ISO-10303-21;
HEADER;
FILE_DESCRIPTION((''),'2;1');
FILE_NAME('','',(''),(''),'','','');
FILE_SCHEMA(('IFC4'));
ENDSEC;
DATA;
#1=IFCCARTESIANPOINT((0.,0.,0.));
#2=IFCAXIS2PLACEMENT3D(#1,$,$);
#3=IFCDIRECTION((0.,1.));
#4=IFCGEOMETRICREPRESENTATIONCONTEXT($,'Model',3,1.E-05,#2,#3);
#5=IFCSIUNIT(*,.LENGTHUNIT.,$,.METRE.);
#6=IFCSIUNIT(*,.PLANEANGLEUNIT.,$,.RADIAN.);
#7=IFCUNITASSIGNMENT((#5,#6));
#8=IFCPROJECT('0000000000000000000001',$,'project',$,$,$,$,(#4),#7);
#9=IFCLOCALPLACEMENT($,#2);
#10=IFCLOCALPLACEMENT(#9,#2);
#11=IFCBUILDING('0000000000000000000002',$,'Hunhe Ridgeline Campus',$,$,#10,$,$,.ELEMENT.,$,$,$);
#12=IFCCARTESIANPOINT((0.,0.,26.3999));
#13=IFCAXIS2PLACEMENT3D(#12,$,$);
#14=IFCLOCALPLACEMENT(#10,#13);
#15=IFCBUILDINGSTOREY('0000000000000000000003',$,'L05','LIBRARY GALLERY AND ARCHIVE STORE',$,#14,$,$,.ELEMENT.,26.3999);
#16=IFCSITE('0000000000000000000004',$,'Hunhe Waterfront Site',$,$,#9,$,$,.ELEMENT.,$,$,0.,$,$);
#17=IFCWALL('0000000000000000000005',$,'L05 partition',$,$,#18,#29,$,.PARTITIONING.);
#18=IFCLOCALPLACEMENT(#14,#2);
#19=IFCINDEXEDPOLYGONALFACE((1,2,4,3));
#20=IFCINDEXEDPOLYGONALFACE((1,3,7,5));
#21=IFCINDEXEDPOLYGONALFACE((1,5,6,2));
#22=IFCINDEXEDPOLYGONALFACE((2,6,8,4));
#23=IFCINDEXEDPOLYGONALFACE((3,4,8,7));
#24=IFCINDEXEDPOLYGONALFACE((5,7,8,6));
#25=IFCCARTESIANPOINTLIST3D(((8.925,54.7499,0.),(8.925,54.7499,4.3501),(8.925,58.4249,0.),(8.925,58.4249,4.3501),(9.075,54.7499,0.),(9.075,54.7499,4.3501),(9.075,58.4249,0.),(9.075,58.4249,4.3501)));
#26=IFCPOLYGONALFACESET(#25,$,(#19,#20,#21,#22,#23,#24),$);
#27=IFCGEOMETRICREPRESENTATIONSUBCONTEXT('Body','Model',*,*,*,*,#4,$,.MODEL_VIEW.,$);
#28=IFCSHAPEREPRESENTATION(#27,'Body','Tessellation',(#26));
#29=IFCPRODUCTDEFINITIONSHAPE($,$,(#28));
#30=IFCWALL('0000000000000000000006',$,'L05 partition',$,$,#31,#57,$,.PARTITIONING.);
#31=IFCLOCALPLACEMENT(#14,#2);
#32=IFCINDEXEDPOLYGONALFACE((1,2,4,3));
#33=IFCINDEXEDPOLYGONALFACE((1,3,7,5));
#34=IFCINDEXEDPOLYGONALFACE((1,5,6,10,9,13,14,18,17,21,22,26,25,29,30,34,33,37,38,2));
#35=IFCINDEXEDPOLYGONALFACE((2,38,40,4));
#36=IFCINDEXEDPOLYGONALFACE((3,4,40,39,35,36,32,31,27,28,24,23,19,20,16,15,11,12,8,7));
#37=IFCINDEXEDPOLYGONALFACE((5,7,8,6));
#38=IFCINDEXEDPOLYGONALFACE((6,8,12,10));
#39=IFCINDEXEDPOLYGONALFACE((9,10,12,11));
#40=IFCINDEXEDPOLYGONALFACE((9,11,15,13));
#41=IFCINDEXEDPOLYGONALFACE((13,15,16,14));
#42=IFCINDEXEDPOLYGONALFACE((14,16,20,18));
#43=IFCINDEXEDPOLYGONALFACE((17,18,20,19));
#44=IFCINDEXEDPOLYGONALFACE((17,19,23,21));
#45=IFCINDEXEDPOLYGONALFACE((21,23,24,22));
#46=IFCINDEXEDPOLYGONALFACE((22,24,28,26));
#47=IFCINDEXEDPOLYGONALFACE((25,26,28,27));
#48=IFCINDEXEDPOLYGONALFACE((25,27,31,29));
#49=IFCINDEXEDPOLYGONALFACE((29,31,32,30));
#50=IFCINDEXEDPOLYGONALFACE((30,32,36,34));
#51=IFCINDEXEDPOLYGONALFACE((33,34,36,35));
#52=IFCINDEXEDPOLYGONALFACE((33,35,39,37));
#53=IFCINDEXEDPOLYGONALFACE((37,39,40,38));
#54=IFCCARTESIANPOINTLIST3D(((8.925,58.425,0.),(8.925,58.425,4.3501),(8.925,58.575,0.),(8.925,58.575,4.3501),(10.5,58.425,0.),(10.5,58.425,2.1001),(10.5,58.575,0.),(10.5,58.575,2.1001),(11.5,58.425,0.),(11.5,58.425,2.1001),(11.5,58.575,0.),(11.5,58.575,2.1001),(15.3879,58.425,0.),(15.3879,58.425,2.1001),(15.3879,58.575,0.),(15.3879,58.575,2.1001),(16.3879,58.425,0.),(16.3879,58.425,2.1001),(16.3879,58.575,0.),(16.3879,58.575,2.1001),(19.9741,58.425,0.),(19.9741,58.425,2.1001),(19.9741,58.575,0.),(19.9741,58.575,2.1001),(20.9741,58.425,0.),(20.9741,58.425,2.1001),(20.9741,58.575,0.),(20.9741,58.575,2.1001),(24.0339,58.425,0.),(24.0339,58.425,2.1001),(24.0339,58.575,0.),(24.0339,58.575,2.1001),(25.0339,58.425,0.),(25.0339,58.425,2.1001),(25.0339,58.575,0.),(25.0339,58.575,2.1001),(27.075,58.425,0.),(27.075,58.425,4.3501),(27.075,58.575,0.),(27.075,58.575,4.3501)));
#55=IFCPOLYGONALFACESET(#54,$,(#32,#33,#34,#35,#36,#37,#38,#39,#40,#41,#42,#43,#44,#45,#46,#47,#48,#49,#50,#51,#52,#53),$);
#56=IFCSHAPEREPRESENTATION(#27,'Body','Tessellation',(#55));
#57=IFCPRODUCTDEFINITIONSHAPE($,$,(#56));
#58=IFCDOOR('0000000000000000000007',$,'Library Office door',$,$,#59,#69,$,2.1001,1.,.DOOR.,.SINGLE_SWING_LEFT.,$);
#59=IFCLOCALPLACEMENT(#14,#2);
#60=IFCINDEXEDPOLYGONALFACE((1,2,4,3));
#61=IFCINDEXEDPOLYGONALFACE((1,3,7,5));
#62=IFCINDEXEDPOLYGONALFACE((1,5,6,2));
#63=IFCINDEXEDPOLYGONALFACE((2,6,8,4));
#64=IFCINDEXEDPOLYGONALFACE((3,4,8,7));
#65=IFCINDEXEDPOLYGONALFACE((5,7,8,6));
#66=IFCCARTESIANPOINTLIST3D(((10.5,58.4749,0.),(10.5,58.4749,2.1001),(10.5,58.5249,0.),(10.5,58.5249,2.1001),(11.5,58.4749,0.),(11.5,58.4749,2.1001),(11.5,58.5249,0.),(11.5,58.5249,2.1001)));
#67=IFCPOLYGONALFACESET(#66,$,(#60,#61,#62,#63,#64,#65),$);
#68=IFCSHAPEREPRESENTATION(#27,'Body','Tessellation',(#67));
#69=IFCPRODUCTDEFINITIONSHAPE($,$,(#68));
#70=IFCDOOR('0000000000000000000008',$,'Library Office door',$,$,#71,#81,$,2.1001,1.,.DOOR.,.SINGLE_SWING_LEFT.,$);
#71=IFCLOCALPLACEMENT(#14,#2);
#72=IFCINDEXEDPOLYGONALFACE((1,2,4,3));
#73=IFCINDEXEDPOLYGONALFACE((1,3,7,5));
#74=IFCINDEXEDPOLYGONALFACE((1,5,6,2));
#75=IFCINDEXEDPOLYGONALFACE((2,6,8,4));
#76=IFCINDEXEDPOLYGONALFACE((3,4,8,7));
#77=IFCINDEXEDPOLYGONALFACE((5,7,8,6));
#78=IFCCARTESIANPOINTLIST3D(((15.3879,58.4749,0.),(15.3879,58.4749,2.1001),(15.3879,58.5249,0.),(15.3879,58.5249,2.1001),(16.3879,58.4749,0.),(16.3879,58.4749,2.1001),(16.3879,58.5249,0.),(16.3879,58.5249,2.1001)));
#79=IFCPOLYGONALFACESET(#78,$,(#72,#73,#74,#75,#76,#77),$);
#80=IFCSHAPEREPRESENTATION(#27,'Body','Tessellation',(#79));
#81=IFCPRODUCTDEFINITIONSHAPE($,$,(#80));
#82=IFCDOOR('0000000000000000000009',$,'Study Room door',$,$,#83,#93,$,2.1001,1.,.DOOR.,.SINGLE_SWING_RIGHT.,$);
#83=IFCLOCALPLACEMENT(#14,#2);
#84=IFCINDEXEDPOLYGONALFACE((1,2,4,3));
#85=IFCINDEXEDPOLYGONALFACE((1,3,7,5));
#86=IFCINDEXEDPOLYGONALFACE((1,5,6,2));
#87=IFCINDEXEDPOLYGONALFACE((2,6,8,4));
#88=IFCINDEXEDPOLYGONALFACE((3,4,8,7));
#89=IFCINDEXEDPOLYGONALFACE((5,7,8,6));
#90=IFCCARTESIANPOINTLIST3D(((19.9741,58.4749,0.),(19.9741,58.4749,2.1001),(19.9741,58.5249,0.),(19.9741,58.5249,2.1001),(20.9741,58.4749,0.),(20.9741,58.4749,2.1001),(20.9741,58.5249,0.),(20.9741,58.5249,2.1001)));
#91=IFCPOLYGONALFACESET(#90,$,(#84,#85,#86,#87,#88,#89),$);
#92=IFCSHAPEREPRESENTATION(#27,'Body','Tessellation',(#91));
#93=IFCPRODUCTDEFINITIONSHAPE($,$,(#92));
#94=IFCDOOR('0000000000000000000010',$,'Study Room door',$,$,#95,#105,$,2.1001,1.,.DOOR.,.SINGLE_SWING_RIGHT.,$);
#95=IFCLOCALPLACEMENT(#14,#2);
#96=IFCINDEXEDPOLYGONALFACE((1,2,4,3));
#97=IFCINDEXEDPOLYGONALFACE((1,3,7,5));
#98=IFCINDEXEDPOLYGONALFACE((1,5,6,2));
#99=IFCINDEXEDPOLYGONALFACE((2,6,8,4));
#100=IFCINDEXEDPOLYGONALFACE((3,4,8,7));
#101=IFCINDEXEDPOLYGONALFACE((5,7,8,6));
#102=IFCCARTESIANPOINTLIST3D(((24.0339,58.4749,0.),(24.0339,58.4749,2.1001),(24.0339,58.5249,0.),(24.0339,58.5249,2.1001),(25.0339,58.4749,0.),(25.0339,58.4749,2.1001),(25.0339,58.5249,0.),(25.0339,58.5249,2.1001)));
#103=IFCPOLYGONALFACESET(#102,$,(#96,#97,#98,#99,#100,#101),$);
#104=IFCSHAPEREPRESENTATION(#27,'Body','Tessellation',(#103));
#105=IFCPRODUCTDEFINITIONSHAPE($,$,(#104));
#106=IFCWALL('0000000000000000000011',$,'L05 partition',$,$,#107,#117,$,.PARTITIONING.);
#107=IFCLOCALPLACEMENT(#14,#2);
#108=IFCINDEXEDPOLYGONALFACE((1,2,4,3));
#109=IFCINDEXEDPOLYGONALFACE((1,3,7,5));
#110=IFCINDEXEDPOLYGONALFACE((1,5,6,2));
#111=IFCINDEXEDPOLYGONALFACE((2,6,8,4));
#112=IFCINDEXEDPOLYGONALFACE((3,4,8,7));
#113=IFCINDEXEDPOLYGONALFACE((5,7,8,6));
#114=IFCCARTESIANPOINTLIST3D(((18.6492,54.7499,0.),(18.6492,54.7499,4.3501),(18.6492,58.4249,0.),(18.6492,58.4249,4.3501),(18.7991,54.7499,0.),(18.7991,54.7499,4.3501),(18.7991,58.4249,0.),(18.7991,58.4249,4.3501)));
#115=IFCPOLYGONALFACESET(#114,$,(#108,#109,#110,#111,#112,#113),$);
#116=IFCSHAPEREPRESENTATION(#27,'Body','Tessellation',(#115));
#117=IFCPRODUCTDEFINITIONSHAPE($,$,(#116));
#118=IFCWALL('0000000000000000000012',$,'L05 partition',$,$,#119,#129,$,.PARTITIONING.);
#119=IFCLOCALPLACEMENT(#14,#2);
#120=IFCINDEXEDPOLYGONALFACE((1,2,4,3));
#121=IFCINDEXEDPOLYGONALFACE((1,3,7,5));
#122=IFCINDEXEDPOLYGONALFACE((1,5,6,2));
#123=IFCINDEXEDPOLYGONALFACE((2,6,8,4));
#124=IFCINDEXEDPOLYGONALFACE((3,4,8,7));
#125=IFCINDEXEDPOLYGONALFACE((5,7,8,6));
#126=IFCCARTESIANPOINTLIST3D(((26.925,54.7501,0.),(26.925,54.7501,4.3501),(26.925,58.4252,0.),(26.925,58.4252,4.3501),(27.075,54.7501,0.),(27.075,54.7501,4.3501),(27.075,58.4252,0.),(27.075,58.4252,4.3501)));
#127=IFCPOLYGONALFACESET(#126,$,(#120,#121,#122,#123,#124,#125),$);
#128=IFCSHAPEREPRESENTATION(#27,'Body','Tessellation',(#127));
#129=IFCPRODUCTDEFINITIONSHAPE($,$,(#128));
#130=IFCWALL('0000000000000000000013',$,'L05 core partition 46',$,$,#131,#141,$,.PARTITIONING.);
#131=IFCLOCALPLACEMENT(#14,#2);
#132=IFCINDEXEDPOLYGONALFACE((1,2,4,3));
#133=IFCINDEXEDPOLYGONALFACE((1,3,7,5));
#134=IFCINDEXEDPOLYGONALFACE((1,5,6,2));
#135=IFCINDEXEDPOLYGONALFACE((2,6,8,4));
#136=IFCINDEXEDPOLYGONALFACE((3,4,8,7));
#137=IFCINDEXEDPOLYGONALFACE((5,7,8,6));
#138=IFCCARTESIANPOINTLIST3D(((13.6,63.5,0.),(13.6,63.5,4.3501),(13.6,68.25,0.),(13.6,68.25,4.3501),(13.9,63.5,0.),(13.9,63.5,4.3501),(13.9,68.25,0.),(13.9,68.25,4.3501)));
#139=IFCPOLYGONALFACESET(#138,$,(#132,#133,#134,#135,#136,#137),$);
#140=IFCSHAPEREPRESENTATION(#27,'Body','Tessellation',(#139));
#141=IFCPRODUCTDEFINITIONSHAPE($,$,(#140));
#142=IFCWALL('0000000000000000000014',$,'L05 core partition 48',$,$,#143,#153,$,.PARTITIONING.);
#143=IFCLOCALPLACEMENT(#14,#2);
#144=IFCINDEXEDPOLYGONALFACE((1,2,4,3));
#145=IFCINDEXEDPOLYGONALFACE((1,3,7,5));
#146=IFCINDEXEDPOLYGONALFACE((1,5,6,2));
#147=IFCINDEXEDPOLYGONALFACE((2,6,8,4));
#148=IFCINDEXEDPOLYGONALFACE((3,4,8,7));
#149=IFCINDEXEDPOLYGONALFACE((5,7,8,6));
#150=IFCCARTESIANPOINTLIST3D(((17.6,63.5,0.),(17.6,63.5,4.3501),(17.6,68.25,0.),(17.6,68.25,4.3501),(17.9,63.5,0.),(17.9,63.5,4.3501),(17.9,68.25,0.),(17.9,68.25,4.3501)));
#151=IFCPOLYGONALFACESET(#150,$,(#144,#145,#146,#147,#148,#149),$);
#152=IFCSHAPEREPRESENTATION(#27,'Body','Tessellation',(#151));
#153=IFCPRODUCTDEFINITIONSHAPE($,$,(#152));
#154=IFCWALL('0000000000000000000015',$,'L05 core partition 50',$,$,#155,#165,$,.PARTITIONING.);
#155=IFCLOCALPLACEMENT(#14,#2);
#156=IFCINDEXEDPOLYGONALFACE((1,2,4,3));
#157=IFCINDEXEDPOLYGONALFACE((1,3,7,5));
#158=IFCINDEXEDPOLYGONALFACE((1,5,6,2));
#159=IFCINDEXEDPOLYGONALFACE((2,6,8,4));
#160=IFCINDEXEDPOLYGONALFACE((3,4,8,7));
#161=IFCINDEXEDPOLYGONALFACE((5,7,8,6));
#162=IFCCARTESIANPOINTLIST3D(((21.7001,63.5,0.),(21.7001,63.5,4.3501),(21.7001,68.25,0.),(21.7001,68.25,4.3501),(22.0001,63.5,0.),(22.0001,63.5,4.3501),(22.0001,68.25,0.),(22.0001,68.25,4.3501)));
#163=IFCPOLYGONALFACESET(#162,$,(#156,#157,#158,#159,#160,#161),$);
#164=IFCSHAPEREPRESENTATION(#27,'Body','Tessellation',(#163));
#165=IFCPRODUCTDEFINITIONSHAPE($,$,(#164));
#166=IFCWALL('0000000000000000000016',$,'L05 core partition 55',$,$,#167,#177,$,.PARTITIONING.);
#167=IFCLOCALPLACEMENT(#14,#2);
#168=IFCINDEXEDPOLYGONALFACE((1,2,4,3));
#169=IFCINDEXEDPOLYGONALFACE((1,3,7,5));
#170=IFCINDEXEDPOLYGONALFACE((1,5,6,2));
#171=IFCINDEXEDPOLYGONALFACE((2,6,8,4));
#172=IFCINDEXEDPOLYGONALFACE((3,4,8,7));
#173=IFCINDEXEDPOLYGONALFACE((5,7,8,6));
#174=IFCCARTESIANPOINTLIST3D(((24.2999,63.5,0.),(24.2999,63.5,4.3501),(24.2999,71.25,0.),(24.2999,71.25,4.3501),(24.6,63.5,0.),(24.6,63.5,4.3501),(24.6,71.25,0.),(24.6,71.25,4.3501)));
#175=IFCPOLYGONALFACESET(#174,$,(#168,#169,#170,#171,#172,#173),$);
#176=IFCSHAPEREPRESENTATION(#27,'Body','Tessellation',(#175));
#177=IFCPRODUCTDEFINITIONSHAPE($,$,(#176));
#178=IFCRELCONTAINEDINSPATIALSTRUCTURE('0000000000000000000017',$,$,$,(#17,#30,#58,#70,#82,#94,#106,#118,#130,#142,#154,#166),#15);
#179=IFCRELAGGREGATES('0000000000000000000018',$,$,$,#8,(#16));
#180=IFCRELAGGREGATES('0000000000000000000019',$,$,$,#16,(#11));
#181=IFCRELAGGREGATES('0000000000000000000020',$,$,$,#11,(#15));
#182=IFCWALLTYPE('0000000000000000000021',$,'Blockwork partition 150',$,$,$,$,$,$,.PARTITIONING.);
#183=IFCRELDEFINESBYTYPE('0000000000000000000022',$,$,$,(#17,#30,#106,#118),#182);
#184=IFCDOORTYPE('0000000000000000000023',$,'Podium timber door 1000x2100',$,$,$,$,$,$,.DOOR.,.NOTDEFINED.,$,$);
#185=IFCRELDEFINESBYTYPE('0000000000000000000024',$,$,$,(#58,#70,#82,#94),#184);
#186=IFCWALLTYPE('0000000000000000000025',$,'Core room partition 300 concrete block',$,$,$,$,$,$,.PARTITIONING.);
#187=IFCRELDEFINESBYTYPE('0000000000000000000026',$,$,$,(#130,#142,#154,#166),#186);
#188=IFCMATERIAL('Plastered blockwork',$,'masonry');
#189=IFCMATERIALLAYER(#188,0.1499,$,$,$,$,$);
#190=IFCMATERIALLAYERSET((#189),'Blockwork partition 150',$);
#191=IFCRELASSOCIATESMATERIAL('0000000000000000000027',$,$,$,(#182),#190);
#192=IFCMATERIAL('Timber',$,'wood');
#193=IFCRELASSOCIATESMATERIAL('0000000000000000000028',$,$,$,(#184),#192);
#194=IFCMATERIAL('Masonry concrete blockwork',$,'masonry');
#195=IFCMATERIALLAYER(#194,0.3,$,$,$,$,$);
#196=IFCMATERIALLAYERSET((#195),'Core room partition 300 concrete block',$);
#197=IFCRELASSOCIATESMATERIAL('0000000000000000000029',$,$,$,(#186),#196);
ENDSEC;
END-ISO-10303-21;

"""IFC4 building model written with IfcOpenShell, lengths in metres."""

from ifc_helpers import new_model, si_unit, direction, frame, frame_2d, origin, place, context, subcontext, project, spatial, rectangle, extrude, material, layer, layer_set, type_object, element, fill, save


model = new_model("IFC4")

# Units and contexts
model_context = context("Model", 3, precision=1e-05, world=origin(), true_north=direction((0.0, 1.0)))
body_context = subcontext(model_context, "Body", "Model", "MODEL_VIEW")
ifc_project = project(units=[si_unit("LENGTHUNIT", "METRE"), si_unit("PLANEANGLEUNIT", "RADIAN")], contexts=[model_context])

# Site, building, storey
site_placement = place(None, origin())
site = spatial("IfcSite", under=ifc_project, at=site_placement, Name="Hunhe Waterfront Site", CompositionType="ELEMENT", RefElevation=0.0)
building_placement = place(site_placement, origin())
building = spatial("IfcBuilding", under=site, at=building_placement, Name="Hunhe Ridgeline Campus", CompositionType="ELEMENT")
storey_placement = place(building_placement, frame((0.0, 0.0, 26.3999)))
storey = spatial("IfcBuildingStorey", under=building, at=storey_placement, Name="L05", Description="LIBRARY GALLERY AND ARCHIVE STORE", CompositionType="ELEMENT", Elevation=26.3999)

# Wall
ifc_material_1 = material(Name="Plastered blockwork", Category="masonry")
ifc_layer_1 = layer(ifc_material_1, 0.1499)
ifc_layer_set_1 = layer_set([ifc_layer_1], Name="Blockwork partition 150")
wall_type_1 = type_object("IfcWallType", Name="Blockwork partition 150", PredefinedType="PARTITIONING", material=ifc_layer_set_1)
wall_1_placement = place(storey_placement, frame((9.0, 54.75, 0.0), z_axis=(0.0, 0.0, 1.0), x_axis=(0.0, 1.0, 0.0)))
element("IfcWall", 1, at=wall_1_placement, inside=storey, type_object=wall_type_1, Name="L05 partition", PredefinedType="PARTITIONING", context=body_context, shape_type="SweptSolid", body=[
    extrude(rectangle(XDim=3.675, YDim=0.1499, at=frame_2d((1.8374, 0.0))), origin(), (0.0, 0.0, 1.0), 4.3501),
])

# Wall, openings, doors
wall_2_placement = place(storey_placement, frame((8.925, 58.5, 0.0), z_axis=(0.0, 0.0, 1.0), x_axis=(1.0, 0.0, 0.0)))
wall_2 = element("IfcWall", 2, at=wall_2_placement, inside=storey, type_object=wall_type_1, Name="L05 partition", PredefinedType="PARTITIONING", context=body_context, shape_type="SweptSolid", body=[
    extrude(rectangle(XDim=18.1499, YDim=0.1499, at=frame_2d((9.075, 0.0))), origin(), (0.0, 0.0, 1.0), 4.3501),
])
opening_1_placement = place(wall_2_placement, frame((1.575, 0.0, 0.0)))
opening_1 = element("IfcOpeningElement", 3, at=opening_1_placement, cuts=wall_2, PredefinedType="OPENING", context=body_context, shape_type="SweptSolid", body=[
    extrude(rectangle(XDim=1.0, YDim=2.1001, at=frame_2d((0.5, 1.05))), frame((0.0, 0.075, 0.0), z_axis=(0.0, -1.0, 0.0), x_axis=(1.0, 0.0, 0.0)), (0.0, 0.0, 1.0), 0.1499),
])
opening_2_placement = place(wall_2_placement, frame((6.4629, 0.0, 0.0)))
opening_2 = element("IfcOpeningElement", 4, at=opening_2_placement, cuts=wall_2, PredefinedType="OPENING", context=body_context, shape_type="SweptSolid", body=[
    extrude(rectangle(XDim=1.0, YDim=2.1001, at=frame_2d((0.5, 1.05))), frame((0.0, 0.075, 0.0), z_axis=(0.0, -1.0, 0.0), x_axis=(1.0, 0.0, 0.0)), (0.0, 0.0, 1.0), 0.1499),
])
opening_3_placement = place(wall_2_placement, frame((11.0491, 0.0, 0.0)))
opening_3 = element("IfcOpeningElement", 5, at=opening_3_placement, cuts=wall_2, PredefinedType="OPENING", context=body_context, shape_type="SweptSolid", body=[
    extrude(rectangle(XDim=1.0, YDim=2.1001, at=frame_2d((0.5, 1.05))), frame((0.0, 0.075, 0.0), z_axis=(0.0, -1.0, 0.0), x_axis=(1.0, 0.0, 0.0)), (0.0, 0.0, 1.0), 0.1499),
])
opening_4_placement = place(wall_2_placement, frame((15.1089, 0.0, 0.0)))
opening_4 = element("IfcOpeningElement", 6, at=opening_4_placement, cuts=wall_2, PredefinedType="OPENING", context=body_context, shape_type="SweptSolid", body=[
    extrude(rectangle(XDim=1.0, YDim=2.1001, at=frame_2d((0.5, 1.05))), frame((0.0, 0.075, 0.0), z_axis=(0.0, -1.0, 0.0), x_axis=(1.0, 0.0, 0.0)), (0.0, 0.0, 1.0), 0.1499),
])
ifc_material_2 = material(Name="Timber", Category="wood")
door_type_1 = type_object("IfcDoorType", Name="Podium timber door 1000x2100", OperationType="NOTDEFINED", PredefinedType="DOOR", material=ifc_material_2)
door_1_placement = place(opening_1_placement, origin())
door_1 = element("IfcDoor", 7, at=door_1_placement, inside=storey, type_object=door_type_1, Name="Library Office door", OperationType="SINGLE_SWING_LEFT", OverallHeight=2.1001, OverallWidth=1.0, PredefinedType="DOOR", context=body_context, shape_type="SweptSolid", body=[
    extrude(rectangle(XDim=1.0, YDim=2.1001, at=frame_2d((0.5, 1.05))), frame((0.0, 0.0249, 0.0), z_axis=(0.0, -1.0, 0.0), x_axis=(1.0, 0.0, 0.0)), (0.0, 0.0, 1.0), 0.05),
])
fill(opening_1, door_1)
door_2_placement = place(opening_2_placement, origin())
door_2 = element("IfcDoor", 8, at=door_2_placement, inside=storey, type_object=door_type_1, Name="Library Office door", OperationType="SINGLE_SWING_LEFT", OverallHeight=2.1001, OverallWidth=1.0, PredefinedType="DOOR", context=body_context, shape_type="SweptSolid", body=[
    extrude(rectangle(XDim=1.0, YDim=2.1001, at=frame_2d((0.5, 1.05))), frame((0.0, 0.0249, 0.0), z_axis=(0.0, -1.0, 0.0), x_axis=(1.0, 0.0, 0.0)), (0.0, 0.0, 1.0), 0.05),
])
fill(opening_2, door_2)
door_3_placement = place(opening_3_placement, origin())
door_3 = element("IfcDoor", 9, at=door_3_placement, inside=storey, type_object=door_type_1, Name="Study Room door", OperationType="SINGLE_SWING_RIGHT", OverallHeight=2.1001, OverallWidth=1.0, PredefinedType="DOOR", context=body_context, shape_type="SweptSolid", body=[
    extrude(rectangle(XDim=1.0, YDim=2.1001, at=frame_2d((0.5, 1.05))), frame((0.0, 0.0249, 0.0), z_axis=(0.0, -1.0, 0.0), x_axis=(1.0, 0.0, 0.0)), (0.0, 0.0, 1.0), 0.05),
])
fill(opening_3, door_3)
door_4_placement = place(opening_4_placement, origin())
door_4 = element("IfcDoor", 10, at=door_4_placement, inside=storey, type_object=door_type_1, Name="Study Room door", OperationType="SINGLE_SWING_RIGHT", OverallHeight=2.1001, OverallWidth=1.0, PredefinedType="DOOR", context=body_context, shape_type="SweptSolid", body=[
    extrude(rectangle(XDim=1.0, YDim=2.1001, at=frame_2d((0.5, 1.05))), frame((0.0, 0.0249, 0.0), z_axis=(0.0, -1.0, 0.0), x_axis=(1.0, 0.0, 0.0)), (0.0, 0.0, 1.0), 0.05),
])
fill(opening_4, door_4)

# Walls
for number, where, z_axis, x_axis, name in (
    (11, (18.7241, 54.75, 0.0), (0.0, 0.0, 1.0), (0.0, 1.0, 0.0), "L05 partition"),
    (12, (27.0, 58.425, 0.0), (0.0, 0.0, 1.0), (0.0, -1.0, 0.0), "L05 partition"),
):
    element("IfcWall", number, at=place(storey_placement, frame(where, z_axis=z_axis, x_axis=x_axis)), inside=storey, type_object=wall_type_1, Name=name, PredefinedType="PARTITIONING", context=body_context, shape_type="SweptSolid", body=[
        extrude(rectangle(XDim=3.675, YDim=0.1499, at=frame_2d((1.8374, 0.0))), origin(), (0.0, 0.0, 1.0), 4.3501),
    ])
ifc_material_3 = material(Name="Masonry concrete blockwork", Category="masonry")
ifc_layer_2 = layer(ifc_material_3, 0.3)
ifc_layer_set_2 = layer_set([ifc_layer_2], Name="Core room partition 300 concrete block")
wall_type_2 = type_object("IfcWallType", Name="Core room partition 300 concrete block", PredefinedType="PARTITIONING", material=ifc_layer_set_2)
for number, where, z_axis, x_axis, name in (
    (13, (13.75, 63.5, 0.0), (0.0, 0.0, 1.0), (0.0, 1.0, 0.0), "L05 core partition 46"),
    (14, (17.75, 63.5, 0.0), (0.0, 0.0, 1.0), (0.0, 1.0, 0.0), "L05 core partition 48"),
    (15, (21.8501, 63.5, 0.0), (0.0, 0.0, 1.0), (0.0, 1.0, 0.0), "L05 core partition 50"),
):
    element("IfcWall", number, at=place(storey_placement, frame(where, z_axis=z_axis, x_axis=x_axis)), inside=storey, type_object=wall_type_2, Name=name, PredefinedType="PARTITIONING", context=body_context, shape_type="SweptSolid", body=[
        extrude(rectangle(XDim=4.75, YDim=0.3, at=frame_2d((2.375, 0.0))), origin(), (0.0, 0.0, 1.0), 4.3501),
    ])
wall_3_placement = place(storey_placement, frame((24.45, 63.5, 0.0), z_axis=(0.0, 0.0, 1.0), x_axis=(0.0, 1.0, 0.0)))
element("IfcWall", 16, at=wall_3_placement, inside=storey, type_object=wall_type_2, Name="L05 core partition 55", PredefinedType="PARTITIONING", context=body_context, shape_type="SweptSolid", body=[
    extrude(rectangle(XDim=7.75, YDim=0.3, at=frame_2d((3.875, 0.0))), origin(), (0.0, 0.0, 1.0), 4.3501),
])

save(model, "model.ifc")
